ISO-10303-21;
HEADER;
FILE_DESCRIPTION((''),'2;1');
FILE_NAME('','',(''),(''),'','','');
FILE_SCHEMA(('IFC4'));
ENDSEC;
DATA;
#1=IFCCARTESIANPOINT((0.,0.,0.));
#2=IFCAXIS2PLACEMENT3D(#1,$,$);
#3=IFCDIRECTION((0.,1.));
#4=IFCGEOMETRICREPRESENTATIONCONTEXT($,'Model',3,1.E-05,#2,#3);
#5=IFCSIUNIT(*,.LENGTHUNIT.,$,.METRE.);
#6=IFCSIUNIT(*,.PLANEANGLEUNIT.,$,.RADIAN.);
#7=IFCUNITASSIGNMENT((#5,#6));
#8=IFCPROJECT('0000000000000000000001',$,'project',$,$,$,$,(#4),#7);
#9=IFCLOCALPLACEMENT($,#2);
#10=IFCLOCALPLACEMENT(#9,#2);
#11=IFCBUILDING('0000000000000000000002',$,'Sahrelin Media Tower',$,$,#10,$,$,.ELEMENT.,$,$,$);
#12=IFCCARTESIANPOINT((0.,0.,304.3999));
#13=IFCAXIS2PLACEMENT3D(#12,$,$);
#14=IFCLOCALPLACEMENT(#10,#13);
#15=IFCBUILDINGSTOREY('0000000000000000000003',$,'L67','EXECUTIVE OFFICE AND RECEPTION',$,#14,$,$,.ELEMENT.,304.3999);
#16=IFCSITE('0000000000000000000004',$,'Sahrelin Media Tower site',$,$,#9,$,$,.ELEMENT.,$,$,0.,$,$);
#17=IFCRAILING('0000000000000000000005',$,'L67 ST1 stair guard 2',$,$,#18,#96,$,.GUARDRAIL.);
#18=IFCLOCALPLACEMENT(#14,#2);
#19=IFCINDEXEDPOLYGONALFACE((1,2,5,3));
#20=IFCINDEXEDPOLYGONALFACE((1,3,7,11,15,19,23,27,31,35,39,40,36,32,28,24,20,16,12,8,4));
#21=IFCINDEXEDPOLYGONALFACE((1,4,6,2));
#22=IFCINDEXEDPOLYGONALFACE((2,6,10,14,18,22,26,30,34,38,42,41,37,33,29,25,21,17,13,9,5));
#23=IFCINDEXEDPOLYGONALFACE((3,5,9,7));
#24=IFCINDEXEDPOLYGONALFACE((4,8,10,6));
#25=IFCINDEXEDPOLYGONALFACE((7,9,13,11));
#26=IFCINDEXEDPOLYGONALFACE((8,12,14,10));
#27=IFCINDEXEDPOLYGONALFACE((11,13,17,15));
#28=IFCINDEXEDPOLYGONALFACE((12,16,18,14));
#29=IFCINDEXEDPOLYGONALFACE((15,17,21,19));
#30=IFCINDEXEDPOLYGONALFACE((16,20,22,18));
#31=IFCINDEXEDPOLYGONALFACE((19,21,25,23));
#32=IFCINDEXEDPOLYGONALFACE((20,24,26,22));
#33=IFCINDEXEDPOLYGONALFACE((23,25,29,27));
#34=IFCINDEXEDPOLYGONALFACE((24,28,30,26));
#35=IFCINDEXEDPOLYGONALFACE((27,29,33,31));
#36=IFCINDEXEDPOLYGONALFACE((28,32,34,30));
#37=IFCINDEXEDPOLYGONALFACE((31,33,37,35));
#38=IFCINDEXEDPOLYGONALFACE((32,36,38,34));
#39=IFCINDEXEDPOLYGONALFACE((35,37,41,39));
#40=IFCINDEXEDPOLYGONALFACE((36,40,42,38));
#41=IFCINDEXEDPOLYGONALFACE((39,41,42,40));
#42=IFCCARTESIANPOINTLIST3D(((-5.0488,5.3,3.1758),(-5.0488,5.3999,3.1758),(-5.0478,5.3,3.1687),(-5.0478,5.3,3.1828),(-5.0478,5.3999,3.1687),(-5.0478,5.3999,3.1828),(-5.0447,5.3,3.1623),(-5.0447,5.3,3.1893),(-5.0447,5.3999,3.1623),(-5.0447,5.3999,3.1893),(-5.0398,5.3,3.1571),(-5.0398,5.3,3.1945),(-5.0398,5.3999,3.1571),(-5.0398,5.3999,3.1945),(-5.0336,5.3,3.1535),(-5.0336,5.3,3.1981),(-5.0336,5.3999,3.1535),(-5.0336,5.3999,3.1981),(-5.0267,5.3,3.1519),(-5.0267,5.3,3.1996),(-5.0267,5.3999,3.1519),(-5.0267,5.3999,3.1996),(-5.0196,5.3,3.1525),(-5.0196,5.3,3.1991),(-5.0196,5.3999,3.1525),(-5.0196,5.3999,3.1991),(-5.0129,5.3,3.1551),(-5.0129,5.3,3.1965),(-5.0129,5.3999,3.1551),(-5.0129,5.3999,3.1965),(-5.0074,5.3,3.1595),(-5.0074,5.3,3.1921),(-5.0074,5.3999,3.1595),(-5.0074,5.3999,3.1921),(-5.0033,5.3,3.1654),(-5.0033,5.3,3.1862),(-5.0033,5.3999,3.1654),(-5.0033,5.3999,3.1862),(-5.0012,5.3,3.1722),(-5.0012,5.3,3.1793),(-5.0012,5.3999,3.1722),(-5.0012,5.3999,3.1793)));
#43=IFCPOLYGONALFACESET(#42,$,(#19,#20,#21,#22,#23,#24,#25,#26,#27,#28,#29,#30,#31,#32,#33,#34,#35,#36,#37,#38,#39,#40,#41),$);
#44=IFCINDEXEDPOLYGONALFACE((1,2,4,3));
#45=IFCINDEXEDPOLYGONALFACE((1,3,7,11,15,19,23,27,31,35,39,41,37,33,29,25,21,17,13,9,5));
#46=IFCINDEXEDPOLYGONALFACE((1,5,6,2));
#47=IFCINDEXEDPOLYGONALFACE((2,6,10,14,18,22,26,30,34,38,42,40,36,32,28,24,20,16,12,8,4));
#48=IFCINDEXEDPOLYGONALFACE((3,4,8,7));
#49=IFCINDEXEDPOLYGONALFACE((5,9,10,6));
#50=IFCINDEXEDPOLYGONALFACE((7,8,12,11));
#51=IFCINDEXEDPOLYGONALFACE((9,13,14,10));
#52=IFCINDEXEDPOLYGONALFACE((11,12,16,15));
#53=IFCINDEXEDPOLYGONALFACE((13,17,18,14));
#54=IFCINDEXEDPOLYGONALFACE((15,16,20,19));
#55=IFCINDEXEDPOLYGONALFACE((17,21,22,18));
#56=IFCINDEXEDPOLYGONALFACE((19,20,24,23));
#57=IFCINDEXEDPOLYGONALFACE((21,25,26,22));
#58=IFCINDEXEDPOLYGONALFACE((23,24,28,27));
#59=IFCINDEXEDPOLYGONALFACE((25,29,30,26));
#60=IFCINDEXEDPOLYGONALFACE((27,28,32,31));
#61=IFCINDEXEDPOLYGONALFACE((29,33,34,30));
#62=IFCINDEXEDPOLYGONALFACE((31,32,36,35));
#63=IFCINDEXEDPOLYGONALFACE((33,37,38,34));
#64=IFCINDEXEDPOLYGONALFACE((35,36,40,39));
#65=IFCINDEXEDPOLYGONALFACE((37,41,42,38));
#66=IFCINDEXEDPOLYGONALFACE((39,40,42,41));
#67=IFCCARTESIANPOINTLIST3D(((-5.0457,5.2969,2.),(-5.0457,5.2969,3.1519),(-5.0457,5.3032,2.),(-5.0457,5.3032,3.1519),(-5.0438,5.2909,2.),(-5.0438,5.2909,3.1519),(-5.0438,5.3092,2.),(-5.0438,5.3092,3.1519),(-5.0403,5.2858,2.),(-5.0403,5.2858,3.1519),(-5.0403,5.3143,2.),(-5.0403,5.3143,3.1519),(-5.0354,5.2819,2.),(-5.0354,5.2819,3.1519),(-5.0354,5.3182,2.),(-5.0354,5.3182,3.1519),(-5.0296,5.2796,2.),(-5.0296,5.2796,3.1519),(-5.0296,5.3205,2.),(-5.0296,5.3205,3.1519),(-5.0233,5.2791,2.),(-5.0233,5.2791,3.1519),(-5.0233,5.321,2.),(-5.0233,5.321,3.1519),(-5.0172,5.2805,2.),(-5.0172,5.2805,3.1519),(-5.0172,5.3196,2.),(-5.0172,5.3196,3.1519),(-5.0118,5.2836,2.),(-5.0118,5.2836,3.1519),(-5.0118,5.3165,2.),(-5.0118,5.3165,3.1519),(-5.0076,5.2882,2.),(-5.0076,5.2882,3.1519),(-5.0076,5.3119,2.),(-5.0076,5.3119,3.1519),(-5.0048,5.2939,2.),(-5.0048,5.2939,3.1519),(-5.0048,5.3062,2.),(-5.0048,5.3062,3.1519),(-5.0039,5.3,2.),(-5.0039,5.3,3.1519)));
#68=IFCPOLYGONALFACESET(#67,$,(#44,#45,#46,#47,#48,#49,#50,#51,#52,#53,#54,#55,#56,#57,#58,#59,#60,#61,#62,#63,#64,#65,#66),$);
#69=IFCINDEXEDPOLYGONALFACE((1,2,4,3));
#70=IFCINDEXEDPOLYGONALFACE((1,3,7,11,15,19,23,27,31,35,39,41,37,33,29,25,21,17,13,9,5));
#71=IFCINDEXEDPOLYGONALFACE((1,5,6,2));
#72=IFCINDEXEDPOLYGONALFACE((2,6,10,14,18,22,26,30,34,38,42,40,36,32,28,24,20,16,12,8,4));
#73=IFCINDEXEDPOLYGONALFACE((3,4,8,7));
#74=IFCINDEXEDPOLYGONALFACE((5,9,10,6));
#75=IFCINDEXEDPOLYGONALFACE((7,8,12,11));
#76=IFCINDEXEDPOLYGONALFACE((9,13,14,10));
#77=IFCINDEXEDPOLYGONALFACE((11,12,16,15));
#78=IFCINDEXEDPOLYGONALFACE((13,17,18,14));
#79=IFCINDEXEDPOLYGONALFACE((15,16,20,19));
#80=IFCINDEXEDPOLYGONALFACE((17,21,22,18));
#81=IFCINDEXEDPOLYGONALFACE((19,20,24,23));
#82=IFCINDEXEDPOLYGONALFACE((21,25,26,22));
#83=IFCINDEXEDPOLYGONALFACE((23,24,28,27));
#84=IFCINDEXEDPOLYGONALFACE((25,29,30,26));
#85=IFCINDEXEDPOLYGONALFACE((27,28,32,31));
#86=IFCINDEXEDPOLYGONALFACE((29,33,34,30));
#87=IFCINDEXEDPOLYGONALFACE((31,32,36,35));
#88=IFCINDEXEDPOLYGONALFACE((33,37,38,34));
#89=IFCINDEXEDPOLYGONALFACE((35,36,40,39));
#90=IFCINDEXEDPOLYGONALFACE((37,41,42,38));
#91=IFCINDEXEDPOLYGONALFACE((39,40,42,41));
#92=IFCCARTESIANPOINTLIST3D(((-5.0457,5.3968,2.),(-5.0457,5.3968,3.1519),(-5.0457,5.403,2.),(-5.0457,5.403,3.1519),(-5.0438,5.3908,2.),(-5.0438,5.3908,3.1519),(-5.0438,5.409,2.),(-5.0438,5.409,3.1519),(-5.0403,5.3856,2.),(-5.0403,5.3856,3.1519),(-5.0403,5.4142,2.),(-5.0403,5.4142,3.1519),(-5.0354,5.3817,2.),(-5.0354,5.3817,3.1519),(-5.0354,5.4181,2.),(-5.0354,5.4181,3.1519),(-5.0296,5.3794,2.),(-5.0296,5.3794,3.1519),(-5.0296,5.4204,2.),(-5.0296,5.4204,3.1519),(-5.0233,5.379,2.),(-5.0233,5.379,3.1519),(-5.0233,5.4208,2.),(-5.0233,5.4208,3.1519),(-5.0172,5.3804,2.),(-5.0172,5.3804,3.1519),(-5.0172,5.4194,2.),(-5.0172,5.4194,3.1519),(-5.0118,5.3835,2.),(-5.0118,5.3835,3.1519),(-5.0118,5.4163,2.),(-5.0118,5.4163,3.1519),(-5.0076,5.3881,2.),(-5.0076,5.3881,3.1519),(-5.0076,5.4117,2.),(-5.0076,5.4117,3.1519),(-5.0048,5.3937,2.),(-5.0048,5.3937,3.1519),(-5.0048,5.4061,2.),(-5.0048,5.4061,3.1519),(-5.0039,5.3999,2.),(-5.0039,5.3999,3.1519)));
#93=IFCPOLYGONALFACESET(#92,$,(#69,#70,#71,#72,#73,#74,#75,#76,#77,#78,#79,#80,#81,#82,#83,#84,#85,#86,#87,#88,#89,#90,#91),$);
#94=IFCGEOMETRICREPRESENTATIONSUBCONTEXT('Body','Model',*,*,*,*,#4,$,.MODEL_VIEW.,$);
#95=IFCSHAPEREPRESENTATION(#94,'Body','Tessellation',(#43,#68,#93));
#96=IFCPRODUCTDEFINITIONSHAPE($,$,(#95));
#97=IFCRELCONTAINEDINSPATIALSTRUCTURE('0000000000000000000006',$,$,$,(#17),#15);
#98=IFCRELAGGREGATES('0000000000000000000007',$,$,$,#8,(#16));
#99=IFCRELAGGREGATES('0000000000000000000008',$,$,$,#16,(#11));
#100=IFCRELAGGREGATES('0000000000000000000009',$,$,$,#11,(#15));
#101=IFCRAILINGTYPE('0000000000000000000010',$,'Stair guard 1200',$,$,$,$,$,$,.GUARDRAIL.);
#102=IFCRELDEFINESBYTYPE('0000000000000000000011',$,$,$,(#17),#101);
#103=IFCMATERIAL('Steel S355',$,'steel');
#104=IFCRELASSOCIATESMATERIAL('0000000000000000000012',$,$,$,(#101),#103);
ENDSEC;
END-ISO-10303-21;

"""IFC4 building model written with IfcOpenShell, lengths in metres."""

from ifc_helpers import new_model, si_unit, direction, frame, origin, origin_2d, place, context, subcontext, project, spatial, circle, extrude, material, type_object, element, save


model = new_model("IFC4")

# Units and contexts
model_context = context("Model", 3, precision=1e-05, world=origin(), true_north=direction((0.0, 1.0)))
body_context = subcontext(model_context, "Body", "Model", "MODEL_VIEW")
ifc_project = project(units=[si_unit("LENGTHUNIT", "METRE"), si_unit("PLANEANGLEUNIT", "RADIAN")], contexts=[model_context])

# Site, building, storey
site_placement = place(None, origin())
site = spatial("IfcSite", under=ifc_project, at=site_placement, Name="Sahrelin Media Tower site", CompositionType="ELEMENT", RefElevation=0.0)
building_placement = place(site_placement, origin())
building = spatial("IfcBuilding", under=site, at=building_placement, Name="Sahrelin Media Tower", CompositionType="ELEMENT")
storey_placement = place(building_placement, frame((0.0, 0.0, 304.3999)))
storey = spatial("IfcBuildingStorey", under=building, at=storey_placement, Name="L67", Description="EXECUTIVE OFFICE AND RECEPTION", CompositionType="ELEMENT", Elevation=304.3999)

# Shared definitions
ifc_material_1 = material(Name="Steel S355", Category="steel")

# Railing
railing_type_1 = type_object("IfcRailingType", Name="Stair guard 1200", PredefinedType="GUARDRAIL", material=ifc_material_1)
railing_1_placement = place(storey_placement, frame((-5.0249, 5.3, 2.0)))
element("IfcRailing", 1, at=railing_1_placement, inside=storey, type_object=railing_type_1, Name="L67 ST1 stair guard 2", PredefinedType="GUARDRAIL", context=body_context, shape_type="SweptSolid", body=[
    extrude(circle(Radius=0.0239, at=origin_2d()), frame((0.0, 0.0, 1.1758), z_axis=(0.0, 1.0, 0.0), x_axis=(-1.0, 0.0, 0.0)), (0.0, 0.0, 1.0), 0.0999),
    extrude(circle(Radius=0.021, at=origin_2d()), origin(), (0.0, 0.0, 1.0), 1.1519),
    extrude(circle(Radius=0.021, at=origin_2d()), frame((0.0, 0.0999, 0.0)), (0.0, 0.0, 1.0), 1.1519),
])

save(model, "model.ifc")
